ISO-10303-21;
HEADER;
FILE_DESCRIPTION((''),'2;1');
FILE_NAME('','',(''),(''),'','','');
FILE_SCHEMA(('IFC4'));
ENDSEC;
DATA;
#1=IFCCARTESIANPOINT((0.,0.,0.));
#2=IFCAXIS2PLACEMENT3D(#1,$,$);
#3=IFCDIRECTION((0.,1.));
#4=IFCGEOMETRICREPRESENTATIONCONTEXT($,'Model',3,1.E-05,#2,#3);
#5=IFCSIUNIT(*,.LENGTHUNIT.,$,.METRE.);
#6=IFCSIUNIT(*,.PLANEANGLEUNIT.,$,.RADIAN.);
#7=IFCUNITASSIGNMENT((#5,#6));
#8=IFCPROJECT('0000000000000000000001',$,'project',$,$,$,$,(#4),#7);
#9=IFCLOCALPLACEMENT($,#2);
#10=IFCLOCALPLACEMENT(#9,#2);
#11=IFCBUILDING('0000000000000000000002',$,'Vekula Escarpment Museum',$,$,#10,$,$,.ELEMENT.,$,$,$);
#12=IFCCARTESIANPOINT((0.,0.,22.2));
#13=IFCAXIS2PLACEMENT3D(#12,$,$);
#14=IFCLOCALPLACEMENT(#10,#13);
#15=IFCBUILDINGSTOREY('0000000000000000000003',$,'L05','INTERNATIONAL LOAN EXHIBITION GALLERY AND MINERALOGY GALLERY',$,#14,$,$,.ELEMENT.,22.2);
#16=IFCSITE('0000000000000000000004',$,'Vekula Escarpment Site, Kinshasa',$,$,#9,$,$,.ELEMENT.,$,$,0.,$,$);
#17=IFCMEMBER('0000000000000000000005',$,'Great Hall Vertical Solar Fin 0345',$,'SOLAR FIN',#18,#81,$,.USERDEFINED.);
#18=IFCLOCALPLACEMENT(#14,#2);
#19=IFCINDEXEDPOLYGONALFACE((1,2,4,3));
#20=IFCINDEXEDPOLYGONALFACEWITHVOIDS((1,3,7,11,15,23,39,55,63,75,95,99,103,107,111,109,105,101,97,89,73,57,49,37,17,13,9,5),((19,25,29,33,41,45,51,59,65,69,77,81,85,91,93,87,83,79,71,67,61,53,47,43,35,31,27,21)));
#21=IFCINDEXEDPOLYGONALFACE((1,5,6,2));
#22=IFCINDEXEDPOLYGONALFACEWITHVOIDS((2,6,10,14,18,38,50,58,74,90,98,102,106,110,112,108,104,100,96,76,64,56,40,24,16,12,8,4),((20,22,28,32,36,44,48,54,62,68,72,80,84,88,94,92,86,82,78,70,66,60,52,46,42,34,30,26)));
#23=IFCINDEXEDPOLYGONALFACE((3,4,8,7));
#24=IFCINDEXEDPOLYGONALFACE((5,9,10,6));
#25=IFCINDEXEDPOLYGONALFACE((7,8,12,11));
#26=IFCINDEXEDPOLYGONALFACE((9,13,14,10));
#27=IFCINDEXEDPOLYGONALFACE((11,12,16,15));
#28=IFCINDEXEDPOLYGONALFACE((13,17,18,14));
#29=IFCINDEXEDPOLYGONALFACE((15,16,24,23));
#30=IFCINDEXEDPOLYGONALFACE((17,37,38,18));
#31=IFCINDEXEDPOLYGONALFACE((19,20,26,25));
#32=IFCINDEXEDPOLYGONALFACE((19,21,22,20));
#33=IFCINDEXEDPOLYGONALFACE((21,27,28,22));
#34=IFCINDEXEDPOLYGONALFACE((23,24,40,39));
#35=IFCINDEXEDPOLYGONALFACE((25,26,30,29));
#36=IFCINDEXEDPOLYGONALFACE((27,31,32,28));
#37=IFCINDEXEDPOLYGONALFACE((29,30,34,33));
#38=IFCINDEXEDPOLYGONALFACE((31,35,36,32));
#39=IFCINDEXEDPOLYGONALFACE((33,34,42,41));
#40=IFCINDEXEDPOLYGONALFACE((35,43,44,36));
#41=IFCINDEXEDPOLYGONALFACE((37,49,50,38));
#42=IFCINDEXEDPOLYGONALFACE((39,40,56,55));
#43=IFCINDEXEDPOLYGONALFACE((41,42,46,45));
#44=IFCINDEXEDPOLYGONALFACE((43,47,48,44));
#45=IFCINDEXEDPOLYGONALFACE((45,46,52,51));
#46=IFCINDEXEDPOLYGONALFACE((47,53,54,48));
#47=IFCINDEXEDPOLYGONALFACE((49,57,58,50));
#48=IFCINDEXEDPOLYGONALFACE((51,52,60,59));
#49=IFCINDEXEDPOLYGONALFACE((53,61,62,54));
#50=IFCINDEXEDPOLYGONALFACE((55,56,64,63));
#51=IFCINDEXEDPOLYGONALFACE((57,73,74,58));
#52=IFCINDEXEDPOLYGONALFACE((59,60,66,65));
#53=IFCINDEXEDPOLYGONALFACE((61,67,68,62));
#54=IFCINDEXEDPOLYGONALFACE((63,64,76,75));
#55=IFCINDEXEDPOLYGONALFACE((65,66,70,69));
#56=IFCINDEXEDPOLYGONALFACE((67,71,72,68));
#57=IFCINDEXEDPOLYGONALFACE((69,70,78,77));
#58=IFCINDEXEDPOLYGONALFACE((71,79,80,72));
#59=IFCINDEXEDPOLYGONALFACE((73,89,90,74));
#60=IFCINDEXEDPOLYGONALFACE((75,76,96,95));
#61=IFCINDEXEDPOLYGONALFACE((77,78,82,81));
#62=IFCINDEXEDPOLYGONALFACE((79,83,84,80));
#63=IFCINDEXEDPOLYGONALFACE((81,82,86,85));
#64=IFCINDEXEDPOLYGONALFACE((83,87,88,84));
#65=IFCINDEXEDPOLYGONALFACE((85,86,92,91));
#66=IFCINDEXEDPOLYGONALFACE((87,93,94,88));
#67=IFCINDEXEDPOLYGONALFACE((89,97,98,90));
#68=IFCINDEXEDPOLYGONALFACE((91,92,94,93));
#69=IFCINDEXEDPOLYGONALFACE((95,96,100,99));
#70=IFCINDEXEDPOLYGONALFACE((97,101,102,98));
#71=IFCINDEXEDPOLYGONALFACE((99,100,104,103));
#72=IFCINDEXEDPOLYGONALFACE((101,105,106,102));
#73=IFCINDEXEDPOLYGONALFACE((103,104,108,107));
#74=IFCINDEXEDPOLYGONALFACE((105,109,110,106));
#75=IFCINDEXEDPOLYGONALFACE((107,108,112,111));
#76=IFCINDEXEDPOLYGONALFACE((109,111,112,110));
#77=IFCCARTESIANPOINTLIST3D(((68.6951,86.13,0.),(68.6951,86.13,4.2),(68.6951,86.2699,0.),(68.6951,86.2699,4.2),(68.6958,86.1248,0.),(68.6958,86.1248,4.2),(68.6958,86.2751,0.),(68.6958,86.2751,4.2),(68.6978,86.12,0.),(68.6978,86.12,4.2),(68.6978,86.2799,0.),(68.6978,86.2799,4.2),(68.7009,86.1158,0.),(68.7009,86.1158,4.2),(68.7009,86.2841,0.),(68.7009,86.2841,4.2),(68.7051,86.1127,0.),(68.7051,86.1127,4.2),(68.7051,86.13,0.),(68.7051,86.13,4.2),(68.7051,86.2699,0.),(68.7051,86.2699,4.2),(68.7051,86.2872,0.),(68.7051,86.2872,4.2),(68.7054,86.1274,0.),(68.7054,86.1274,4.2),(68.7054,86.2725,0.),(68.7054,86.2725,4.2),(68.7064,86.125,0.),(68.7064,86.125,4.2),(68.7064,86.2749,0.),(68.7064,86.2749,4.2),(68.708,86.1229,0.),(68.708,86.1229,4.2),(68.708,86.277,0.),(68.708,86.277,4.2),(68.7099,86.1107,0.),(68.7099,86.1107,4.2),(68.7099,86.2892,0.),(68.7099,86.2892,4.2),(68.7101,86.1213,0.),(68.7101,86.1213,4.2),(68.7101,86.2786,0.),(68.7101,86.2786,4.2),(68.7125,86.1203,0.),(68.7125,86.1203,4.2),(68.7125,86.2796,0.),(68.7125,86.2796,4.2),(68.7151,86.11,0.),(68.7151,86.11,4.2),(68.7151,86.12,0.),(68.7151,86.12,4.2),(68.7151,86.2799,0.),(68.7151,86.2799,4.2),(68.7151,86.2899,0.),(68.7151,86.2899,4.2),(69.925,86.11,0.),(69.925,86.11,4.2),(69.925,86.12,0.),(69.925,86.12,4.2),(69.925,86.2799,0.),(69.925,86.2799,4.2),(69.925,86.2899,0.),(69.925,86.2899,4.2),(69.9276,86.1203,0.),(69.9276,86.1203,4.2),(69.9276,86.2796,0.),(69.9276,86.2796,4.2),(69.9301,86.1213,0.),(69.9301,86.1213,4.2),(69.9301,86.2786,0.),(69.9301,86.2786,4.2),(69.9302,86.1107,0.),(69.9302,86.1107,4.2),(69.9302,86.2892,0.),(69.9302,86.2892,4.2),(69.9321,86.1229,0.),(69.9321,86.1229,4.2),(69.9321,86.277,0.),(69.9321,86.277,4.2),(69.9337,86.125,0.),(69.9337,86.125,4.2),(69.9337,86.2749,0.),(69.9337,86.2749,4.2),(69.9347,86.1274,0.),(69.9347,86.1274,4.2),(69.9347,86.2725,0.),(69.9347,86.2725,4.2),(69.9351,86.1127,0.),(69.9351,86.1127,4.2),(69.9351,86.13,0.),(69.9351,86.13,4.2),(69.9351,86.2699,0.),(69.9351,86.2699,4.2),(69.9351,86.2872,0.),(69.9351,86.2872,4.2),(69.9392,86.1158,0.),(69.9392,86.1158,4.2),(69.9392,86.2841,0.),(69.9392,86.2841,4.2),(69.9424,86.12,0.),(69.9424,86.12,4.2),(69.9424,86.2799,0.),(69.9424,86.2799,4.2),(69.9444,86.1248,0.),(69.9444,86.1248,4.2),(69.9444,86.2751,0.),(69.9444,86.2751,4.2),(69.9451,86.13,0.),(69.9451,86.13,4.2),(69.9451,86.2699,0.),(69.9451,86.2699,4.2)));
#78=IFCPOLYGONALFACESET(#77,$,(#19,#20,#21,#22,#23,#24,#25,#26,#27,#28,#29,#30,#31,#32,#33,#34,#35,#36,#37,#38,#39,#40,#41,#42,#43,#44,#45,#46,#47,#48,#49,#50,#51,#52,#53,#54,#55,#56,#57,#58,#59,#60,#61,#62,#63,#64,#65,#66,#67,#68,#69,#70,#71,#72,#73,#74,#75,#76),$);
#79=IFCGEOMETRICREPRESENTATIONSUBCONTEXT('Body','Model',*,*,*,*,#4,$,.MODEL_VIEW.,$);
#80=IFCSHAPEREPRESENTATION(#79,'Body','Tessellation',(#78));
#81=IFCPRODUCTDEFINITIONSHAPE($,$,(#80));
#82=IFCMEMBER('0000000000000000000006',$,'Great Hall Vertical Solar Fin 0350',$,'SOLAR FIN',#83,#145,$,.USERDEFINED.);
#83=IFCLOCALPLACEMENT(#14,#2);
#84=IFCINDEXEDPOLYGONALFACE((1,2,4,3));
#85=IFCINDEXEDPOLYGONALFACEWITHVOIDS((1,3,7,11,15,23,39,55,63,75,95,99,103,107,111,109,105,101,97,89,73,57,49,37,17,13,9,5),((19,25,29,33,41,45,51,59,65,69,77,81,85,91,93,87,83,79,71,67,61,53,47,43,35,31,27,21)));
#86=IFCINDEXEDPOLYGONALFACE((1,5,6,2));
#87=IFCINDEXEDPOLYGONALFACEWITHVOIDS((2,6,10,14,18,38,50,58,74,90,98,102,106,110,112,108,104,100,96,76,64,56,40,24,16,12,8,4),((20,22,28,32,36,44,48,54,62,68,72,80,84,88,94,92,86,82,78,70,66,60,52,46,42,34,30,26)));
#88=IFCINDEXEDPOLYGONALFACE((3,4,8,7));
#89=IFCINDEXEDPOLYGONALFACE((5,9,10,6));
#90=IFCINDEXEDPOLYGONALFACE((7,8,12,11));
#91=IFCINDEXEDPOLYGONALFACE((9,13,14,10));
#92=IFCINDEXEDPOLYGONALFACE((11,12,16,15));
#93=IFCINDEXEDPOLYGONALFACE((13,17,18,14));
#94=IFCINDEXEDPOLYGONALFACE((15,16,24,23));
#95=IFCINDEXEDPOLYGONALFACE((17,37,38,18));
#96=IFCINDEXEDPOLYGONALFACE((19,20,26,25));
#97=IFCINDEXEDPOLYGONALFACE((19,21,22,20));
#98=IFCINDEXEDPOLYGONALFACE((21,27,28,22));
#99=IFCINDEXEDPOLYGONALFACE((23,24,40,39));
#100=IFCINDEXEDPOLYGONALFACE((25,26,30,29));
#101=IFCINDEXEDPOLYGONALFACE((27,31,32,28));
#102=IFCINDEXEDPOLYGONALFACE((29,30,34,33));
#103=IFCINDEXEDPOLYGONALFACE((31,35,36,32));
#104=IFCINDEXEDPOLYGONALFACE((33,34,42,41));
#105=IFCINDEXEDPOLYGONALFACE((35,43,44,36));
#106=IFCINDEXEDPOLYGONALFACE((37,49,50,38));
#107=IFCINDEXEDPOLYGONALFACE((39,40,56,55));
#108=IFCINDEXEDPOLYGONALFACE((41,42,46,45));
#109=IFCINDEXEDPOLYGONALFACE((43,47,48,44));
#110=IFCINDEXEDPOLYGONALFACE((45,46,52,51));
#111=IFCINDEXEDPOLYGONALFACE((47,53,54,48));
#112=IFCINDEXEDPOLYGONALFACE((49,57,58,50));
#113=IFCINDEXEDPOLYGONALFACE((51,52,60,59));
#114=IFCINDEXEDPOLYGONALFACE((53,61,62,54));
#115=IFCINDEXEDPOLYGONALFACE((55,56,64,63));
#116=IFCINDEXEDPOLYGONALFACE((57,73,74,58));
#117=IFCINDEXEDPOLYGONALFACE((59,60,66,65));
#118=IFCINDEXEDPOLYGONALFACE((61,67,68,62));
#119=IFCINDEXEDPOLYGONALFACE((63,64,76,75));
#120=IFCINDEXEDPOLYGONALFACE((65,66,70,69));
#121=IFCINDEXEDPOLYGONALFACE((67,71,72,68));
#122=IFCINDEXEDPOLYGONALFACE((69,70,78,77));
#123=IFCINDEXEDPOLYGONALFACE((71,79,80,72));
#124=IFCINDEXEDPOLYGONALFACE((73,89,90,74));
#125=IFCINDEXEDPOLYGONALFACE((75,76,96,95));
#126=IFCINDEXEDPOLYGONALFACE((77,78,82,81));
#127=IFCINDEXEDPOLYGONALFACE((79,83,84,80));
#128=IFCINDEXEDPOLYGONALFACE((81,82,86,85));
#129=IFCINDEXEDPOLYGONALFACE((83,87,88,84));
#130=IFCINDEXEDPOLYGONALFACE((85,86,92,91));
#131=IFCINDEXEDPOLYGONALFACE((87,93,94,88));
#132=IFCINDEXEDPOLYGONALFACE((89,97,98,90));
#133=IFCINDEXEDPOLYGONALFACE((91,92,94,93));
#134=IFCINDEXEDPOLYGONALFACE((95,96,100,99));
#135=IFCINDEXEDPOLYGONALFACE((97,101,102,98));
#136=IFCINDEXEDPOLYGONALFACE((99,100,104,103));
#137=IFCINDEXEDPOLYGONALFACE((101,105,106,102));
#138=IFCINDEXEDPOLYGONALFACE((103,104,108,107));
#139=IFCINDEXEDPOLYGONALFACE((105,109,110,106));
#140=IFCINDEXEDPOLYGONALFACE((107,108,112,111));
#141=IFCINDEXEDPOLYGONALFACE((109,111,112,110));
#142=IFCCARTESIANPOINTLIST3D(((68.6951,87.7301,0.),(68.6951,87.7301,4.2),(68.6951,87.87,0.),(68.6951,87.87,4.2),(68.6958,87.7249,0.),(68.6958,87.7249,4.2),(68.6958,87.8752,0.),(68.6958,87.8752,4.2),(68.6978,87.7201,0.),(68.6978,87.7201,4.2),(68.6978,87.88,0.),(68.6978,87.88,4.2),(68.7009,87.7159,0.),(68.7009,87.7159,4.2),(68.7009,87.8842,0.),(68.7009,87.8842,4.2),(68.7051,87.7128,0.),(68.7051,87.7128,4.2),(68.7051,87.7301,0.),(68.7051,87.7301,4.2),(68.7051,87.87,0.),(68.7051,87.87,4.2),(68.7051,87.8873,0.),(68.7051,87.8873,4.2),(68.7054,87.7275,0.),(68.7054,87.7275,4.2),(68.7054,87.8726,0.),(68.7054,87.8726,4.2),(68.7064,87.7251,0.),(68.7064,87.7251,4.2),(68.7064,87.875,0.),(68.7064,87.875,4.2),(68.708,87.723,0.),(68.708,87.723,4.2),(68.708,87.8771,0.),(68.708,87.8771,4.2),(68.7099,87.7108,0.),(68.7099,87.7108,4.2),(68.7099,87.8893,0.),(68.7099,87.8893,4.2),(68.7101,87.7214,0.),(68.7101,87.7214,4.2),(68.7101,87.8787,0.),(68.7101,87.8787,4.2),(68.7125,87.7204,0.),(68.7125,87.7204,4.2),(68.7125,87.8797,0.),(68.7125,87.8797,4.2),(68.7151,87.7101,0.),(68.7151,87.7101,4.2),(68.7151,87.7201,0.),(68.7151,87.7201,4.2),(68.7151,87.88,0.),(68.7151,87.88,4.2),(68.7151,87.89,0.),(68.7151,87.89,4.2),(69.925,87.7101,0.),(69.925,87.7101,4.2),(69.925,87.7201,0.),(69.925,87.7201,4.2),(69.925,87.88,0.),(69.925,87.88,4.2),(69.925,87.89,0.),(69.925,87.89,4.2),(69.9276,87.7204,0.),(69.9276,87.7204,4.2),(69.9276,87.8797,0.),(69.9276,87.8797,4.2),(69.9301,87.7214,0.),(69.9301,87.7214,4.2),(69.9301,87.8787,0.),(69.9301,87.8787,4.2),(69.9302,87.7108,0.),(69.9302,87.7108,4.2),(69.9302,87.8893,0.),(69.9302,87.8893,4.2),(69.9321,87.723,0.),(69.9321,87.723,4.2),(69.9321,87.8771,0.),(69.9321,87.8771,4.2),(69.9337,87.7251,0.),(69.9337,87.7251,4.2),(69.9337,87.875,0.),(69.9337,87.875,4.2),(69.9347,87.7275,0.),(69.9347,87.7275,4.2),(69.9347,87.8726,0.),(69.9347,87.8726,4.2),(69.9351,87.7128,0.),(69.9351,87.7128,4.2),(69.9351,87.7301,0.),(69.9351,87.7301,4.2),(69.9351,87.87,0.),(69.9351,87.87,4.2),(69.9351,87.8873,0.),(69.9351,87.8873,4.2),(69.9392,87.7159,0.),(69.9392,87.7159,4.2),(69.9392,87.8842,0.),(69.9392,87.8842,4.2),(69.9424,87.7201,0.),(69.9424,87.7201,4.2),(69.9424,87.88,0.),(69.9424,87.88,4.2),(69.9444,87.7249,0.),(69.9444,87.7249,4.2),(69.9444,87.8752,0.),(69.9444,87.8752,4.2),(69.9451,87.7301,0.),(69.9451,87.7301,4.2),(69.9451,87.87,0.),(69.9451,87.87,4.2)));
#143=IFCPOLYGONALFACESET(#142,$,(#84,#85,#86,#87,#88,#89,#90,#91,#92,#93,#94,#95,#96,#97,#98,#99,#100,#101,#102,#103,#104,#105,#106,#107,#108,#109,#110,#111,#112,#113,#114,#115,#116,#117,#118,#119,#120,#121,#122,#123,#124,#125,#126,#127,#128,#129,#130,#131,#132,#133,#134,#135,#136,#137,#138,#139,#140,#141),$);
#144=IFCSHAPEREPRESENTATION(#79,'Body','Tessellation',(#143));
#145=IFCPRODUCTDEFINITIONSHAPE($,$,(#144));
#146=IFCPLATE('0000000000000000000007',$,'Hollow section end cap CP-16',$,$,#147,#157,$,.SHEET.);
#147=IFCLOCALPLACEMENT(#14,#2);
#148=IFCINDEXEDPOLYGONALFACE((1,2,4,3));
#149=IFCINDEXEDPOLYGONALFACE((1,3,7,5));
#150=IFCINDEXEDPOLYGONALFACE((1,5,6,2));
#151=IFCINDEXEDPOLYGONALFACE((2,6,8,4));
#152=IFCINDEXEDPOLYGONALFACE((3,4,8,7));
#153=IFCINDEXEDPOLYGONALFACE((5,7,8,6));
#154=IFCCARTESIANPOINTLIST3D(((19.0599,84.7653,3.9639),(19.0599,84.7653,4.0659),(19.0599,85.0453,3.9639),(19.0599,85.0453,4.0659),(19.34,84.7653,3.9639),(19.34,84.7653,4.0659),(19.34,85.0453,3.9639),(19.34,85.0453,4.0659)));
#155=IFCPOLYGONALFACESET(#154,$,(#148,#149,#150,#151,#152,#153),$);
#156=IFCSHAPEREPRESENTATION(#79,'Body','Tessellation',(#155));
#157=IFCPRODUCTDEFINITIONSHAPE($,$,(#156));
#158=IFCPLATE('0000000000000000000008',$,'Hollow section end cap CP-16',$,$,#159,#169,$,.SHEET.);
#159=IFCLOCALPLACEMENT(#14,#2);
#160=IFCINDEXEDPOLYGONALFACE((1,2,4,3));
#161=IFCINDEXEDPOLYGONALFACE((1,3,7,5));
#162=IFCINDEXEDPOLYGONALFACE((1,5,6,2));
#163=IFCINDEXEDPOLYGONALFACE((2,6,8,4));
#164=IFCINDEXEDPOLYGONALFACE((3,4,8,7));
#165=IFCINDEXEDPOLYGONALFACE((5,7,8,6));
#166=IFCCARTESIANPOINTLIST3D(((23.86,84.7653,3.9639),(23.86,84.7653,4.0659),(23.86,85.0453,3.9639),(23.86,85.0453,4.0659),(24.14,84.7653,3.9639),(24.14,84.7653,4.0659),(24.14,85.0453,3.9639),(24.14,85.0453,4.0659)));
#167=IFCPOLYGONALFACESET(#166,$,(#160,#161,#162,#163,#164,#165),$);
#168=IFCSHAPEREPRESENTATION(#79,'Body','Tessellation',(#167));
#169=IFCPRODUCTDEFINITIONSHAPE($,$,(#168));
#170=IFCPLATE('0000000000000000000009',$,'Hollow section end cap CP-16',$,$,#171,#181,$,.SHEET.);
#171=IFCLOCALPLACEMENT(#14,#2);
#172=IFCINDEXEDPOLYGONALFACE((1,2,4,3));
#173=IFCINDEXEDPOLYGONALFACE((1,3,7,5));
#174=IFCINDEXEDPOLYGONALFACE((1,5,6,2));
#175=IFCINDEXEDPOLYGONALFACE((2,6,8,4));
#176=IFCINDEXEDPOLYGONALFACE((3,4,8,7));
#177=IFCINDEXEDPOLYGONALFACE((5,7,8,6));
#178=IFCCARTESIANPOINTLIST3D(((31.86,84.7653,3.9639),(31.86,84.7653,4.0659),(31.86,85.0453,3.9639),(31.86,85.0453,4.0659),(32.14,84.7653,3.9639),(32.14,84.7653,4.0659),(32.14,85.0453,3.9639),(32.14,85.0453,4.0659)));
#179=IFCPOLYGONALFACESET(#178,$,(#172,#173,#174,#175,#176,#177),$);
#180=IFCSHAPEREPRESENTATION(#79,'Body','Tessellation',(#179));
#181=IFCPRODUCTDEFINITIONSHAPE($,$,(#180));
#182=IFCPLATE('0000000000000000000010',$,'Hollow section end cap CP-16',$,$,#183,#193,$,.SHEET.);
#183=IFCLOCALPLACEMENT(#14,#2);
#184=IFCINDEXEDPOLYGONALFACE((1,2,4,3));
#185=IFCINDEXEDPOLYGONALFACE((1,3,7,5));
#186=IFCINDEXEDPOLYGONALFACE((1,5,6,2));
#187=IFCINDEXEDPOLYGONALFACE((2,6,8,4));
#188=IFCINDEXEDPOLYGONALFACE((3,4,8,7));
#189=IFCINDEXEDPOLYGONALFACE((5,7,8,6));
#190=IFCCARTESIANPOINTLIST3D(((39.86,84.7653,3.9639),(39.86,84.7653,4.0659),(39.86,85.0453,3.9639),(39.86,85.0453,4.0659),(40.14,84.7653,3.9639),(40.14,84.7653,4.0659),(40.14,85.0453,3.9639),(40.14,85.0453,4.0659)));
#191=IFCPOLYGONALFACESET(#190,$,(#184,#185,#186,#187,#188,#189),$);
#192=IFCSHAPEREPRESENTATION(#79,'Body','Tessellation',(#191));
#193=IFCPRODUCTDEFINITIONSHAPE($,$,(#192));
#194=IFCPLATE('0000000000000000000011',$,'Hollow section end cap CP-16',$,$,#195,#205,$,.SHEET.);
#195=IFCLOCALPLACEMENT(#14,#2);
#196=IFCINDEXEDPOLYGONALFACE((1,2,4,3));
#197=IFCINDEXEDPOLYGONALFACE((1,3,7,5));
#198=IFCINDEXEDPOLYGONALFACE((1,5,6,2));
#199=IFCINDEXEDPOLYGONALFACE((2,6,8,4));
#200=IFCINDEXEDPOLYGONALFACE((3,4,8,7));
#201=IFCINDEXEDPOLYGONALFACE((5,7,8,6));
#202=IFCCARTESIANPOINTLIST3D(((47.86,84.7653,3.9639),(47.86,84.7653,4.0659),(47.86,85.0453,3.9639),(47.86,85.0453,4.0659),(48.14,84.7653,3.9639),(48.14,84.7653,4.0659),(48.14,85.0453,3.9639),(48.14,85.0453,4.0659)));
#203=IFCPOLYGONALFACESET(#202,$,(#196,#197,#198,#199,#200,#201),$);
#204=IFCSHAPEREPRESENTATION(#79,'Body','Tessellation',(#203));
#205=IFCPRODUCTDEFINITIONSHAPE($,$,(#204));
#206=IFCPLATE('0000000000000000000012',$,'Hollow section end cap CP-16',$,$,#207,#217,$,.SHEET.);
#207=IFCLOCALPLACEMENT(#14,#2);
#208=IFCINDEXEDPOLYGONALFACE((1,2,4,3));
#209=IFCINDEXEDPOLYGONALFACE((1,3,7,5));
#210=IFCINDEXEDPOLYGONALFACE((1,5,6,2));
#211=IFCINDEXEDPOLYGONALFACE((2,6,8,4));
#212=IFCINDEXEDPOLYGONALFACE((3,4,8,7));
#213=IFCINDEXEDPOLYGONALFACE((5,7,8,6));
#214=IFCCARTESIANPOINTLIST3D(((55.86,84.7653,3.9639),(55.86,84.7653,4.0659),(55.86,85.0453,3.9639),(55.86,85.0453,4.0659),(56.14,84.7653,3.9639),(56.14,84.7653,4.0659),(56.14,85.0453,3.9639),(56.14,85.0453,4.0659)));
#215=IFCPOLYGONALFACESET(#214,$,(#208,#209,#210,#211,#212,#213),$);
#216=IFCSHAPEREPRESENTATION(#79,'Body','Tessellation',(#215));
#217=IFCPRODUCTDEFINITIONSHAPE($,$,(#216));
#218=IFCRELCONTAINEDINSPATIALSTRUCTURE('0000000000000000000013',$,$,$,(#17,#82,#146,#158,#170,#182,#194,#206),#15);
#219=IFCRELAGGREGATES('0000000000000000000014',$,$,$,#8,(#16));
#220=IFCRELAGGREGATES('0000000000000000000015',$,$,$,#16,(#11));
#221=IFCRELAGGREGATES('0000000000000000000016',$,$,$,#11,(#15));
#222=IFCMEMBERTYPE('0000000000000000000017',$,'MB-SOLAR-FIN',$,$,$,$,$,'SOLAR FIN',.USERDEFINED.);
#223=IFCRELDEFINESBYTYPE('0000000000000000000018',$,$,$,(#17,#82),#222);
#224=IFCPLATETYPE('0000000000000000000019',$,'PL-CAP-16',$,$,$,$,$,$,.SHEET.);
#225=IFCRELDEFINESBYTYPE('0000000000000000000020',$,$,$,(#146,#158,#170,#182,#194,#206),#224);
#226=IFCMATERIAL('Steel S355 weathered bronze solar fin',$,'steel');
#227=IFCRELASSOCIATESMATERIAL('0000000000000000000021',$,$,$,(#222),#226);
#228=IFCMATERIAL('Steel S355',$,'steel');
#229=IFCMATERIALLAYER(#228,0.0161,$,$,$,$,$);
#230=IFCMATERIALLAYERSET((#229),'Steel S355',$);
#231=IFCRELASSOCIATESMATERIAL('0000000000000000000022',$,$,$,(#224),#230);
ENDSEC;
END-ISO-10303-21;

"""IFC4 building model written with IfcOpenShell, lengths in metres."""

from ifc_helpers import new_model, si_unit, direction, frame, origin, origin_2d, place, context, subcontext, project, spatial, rectangle, hollow_rectangle, extrude, material, layer, layer_set, material_profile, profile_set, type_object, element, save


model = new_model("IFC4")

# Units and contexts
model_context = context("Model", 3, precision=1e-05, world=origin(), true_north=direction((0.0, 1.0)))
body_context = subcontext(model_context, "Body", "Model", "MODEL_VIEW")
ifc_project = project(units=[si_unit("LENGTHUNIT", "METRE"), si_unit("PLANEANGLEUNIT", "RADIAN")], contexts=[model_context])

# Site, building, storey
site_placement = place(None, origin())
site = spatial("IfcSite", under=ifc_project, at=site_placement, Name="Vekula Escarpment Site, Kinshasa", CompositionType="ELEMENT", RefElevation=0.0)
building_placement = place(site_placement, origin())
building = spatial("IfcBuilding", under=site, at=building_placement, Name="Vekula Escarpment Museum", CompositionType="ELEMENT")
storey_placement = place(building_placement, frame((0.0, 0.0, 22.2)))
storey = spatial("IfcBuildingStorey", under=building, at=storey_placement, Name="L05", Description="INTERNATIONAL LOAN EXHIBITION GALLERY AND MINERALOGY GALLERY", CompositionType="ELEMENT", Elevation=22.2)

# Members
ifc_material_1 = material(Name="Steel S355 weathered bronze solar fin", Category="steel")
ifc_material_profile_1 = material_profile(ifc_material_1, hollow_rectangle(XDim=0.1799, YDim=1.25, WallThickness=0.01, InnerFilletRadius=0.01, OuterFilletRadius=0.02, at=origin_2d()), Name="RHS 1250x180x10")
ifc_profile_set_1 = profile_set([ifc_material_profile_1], Name="Steel S355 weathered bronze solar fin")
member_type_1 = type_object("IfcMemberType", Name="MB-SOLAR-FIN", ElementType="SOLAR FIN", PredefinedType="USERDEFINED", material=ifc_profile_set_1)
for number, where, z_axis, x_axis, name in (
    (1, (69.3201, 86.2, 0.0), (0.0, 0.0, 1.0), (0.0, 1.0, 0.0), "Great Hall Vertical Solar Fin 0345"),
    (2, (69.3201, 87.8, 0.0), (0.0, 0.0, 1.0), (0.0, 1.0, 0.0), "Great Hall Vertical Solar Fin 0350"),
):
    element("IfcMember", number, at=place(storey_placement, frame(where, z_axis=z_axis, x_axis=x_axis)), inside=storey, type_object=member_type_1, Name=name, ObjectType="SOLAR FIN", PredefinedType="USERDEFINED", context=body_context, shape_type="SweptSolid", body=[
        extrude(hollow_rectangle(XDim=0.1799, YDim=1.25, WallThickness=0.01, InnerFilletRadius=0.01, OuterFilletRadius=0.02, at=origin_2d()), origin(), (0.0, 0.0, 1.0), 4.2),
    ])

# Plates
ifc_material_2 = material(Name="Steel S355", Category="steel")
ifc_layer_1 = layer(ifc_material_2, 0.0161)
ifc_layer_set_1 = layer_set([ifc_layer_1], Name="Steel S355")
plate_type = type_object("IfcPlateType", Name="PL-CAP-16", PredefinedType="SHEET", material=ifc_layer_set_1)
for number, where, z_axis, x_axis, name in (
    (3, (19.2, 84.9053, 3.9639), (0.0, 0.0, 1.0), (1.0, 0.0, 0.0), "Hollow section end cap CP-16"),
    (4, (24.0, 84.9053, 3.9639), (0.0, 0.0, 1.0), (1.0, 0.0, 0.0), "Hollow section end cap CP-16"),
    (5, (32.0, 84.9053, 3.9639), (0.0, 0.0, 1.0), (1.0, 0.0, 0.0), "Hollow section end cap CP-16"),
    (6, (40.0, 84.9053, 3.9639), (0.0, 0.0, 1.0), (1.0, 0.0, 0.0), "Hollow section end cap CP-16"),
    (7, (48.0, 84.9053, 3.9639), (0.0, 0.0, 1.0), (1.0, 0.0, 0.0), "Hollow section end cap CP-16"),
    (8, (56.0, 84.9053, 3.9639), (0.0, 0.0, 1.0), (1.0, 0.0, 0.0), "Hollow section end cap CP-16"),
):
    element("IfcPlate", number, at=place(storey_placement, frame(where, z_axis=z_axis, x_axis=x_axis)), inside=storey, type_object=plate_type, Name=name, PredefinedType="SHEET", context=body_context, shape_type="SweptSolid", body=[
        extrude(rectangle(XDim=0.28, YDim=0.28, at=origin_2d()), origin(), (0.0, 0.0, 1.0), 0.1021),
    ])

save(model, "model.ifc")
